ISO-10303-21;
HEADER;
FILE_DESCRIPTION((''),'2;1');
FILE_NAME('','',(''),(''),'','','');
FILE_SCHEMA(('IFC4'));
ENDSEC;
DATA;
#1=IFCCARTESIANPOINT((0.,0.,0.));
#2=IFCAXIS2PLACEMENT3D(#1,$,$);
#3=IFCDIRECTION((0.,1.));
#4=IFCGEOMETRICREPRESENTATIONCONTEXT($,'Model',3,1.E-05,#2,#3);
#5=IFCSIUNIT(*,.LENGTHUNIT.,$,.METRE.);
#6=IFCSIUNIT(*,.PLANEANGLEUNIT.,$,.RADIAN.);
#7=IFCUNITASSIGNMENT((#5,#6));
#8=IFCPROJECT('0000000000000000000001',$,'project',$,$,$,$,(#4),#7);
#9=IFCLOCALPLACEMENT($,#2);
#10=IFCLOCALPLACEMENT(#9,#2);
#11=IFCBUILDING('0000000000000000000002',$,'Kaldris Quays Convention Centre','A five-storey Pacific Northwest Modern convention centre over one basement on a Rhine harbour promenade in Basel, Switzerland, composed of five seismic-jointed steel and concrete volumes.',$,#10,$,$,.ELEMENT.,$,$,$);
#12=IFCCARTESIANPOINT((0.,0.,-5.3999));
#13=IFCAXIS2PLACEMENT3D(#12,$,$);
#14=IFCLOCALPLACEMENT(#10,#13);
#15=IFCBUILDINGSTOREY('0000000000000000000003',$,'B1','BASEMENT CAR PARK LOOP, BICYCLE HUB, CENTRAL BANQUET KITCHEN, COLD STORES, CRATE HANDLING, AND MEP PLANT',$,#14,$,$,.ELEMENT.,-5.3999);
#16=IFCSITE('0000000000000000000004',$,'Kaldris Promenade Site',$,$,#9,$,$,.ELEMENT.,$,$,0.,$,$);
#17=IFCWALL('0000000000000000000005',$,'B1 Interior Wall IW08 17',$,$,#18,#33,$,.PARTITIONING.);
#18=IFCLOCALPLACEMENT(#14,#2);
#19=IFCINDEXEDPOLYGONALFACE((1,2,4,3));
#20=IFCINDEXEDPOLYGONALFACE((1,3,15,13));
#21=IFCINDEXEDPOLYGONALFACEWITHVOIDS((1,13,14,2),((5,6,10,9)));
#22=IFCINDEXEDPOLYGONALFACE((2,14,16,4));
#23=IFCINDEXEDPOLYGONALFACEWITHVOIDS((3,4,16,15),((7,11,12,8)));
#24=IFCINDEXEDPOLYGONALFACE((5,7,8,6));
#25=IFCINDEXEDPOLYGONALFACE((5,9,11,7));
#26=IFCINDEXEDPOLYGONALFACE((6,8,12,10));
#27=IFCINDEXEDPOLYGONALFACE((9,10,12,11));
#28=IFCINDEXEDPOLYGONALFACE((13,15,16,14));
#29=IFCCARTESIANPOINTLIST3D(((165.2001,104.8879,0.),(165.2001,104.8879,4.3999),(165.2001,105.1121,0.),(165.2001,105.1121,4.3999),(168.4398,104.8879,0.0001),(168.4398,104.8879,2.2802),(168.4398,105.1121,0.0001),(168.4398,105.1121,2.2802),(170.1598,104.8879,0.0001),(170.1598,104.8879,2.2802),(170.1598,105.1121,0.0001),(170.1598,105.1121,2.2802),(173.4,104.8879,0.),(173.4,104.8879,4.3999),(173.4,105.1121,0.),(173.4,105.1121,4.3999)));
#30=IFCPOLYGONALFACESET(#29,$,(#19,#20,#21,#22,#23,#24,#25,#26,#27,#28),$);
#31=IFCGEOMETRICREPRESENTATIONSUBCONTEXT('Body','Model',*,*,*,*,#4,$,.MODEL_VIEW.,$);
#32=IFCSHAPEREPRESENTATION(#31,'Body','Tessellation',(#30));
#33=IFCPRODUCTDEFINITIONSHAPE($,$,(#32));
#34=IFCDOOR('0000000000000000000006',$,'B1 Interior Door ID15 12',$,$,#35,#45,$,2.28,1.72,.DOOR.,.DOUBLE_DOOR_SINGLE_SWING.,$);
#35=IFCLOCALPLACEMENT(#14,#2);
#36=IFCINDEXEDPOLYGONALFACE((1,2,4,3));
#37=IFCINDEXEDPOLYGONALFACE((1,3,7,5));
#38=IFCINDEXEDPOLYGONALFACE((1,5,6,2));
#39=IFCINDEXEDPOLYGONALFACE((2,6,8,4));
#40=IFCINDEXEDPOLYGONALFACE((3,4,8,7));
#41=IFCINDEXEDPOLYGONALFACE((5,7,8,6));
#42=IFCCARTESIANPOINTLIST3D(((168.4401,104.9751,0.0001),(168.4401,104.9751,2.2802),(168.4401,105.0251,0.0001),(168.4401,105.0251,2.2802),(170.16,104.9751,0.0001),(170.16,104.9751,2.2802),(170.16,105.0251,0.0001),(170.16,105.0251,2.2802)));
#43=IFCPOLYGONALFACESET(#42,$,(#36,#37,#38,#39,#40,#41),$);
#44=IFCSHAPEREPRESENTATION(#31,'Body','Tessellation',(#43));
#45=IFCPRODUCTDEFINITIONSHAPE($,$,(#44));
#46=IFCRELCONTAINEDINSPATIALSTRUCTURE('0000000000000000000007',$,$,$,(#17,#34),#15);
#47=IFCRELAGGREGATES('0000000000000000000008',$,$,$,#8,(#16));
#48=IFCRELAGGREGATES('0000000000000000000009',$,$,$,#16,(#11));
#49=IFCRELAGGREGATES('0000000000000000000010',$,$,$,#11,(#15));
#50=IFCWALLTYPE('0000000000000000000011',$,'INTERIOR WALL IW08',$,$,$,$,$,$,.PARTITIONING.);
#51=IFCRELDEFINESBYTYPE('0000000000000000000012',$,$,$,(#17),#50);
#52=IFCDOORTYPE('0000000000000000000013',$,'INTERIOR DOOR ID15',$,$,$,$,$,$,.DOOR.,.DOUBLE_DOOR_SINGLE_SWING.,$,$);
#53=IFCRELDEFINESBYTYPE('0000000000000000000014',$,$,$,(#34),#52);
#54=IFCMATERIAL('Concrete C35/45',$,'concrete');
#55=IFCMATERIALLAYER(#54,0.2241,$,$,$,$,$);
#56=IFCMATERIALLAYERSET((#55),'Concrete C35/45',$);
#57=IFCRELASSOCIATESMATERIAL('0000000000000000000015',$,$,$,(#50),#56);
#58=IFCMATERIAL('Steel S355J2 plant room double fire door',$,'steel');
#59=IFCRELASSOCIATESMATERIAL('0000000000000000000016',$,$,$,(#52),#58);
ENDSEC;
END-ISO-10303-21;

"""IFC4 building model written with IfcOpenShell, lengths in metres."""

from ifc_helpers import new_model, si_unit, direction, frame, frame_2d, origin, place, context, subcontext, project, spatial, rectangle, extrude, material, layer, layer_set, type_object, element, fill, save


model = new_model("IFC4")

# Units and contexts
model_context = context("Model", 3, precision=1e-05, world=origin(), true_north=direction((0.0, 1.0)))
body_context = subcontext(model_context, "Body", "Model", "MODEL_VIEW")
ifc_project = project(units=[si_unit("LENGTHUNIT", "METRE"), si_unit("PLANEANGLEUNIT", "RADIAN")], contexts=[model_context])

# Site, building, storey
site_placement = place(None, origin())
site = spatial("IfcSite", under=ifc_project, at=site_placement, Name="Kaldris Promenade Site", CompositionType="ELEMENT", RefElevation=0.0)
building_placement = place(site_placement, origin())
building = spatial("IfcBuilding", under=site, at=building_placement, Name="Kaldris Quays Convention Centre", Description="A five-storey Pacific Northwest Modern convention centre over one basement on a Rhine harbour promenade in Basel, Switzerland, composed of five seismic-jointed steel and concrete volumes.", CompositionType="ELEMENT")
storey_placement = place(building_placement, frame((0.0, 0.0, -5.3999)))
storey = spatial("IfcBuildingStorey", under=building, at=storey_placement, Name="B1", Description="BASEMENT CAR PARK LOOP, BICYCLE HUB, CENTRAL BANQUET KITCHEN, COLD STORES, CRATE HANDLING, AND MEP PLANT", CompositionType="ELEMENT", Elevation=-5.3999)

# Shared definitions
ifc_material_1 = material(Name="Concrete C35/45", Category="concrete")

# Wall, opening, door
ifc_layer = layer(ifc_material_1, 0.2241)
ifc_layer_set = layer_set([ifc_layer], Name="Concrete C35/45")
wall_type = type_object("IfcWallType", Name="INTERIOR WALL IW08", PredefinedType="PARTITIONING", material=ifc_layer_set)
wall_placement = place(storey_placement, frame((165.2, 105.0, 0.0), z_axis=(0.0, 0.0, 1.0), x_axis=(1.0, 0.0, 0.0)))
wall = element("IfcWall", 1, at=wall_placement, inside=storey, type_object=wall_type, Name="B1 Interior Wall IW08 17", PredefinedType="PARTITIONING", context=body_context, shape_type="SweptSolid", body=[
    extrude(rectangle(XDim=8.2, YDim=0.2241, at=frame_2d((4.1001, 0.0))), origin(), (0.0, 0.0, 1.0), 4.3999),
])
opening_placement = place(wall_placement, frame((3.24, 0.0, 0.0)))
opening = element("IfcOpeningElement", 2, at=opening_placement, cuts=wall, PredefinedType="OPENING", context=body_context, shape_type="SweptSolid", body=[
    extrude(rectangle(XDim=1.72, YDim=2.28, at=frame_2d((0.8599, 1.1401))), frame((0.0, 0.1221, 0.0), z_axis=(0.0, -1.0, 0.0), x_axis=(1.0, 0.0, 0.0)), (0.0, 0.0, 1.0), 0.2441),
])
ifc_material_2 = material(Name="Steel S355J2 plant room double fire door", Category="steel")
door_type = type_object("IfcDoorType", Name="INTERIOR DOOR ID15", OperationType="DOUBLE_DOOR_SINGLE_SWING", PredefinedType="DOOR", material=ifc_material_2)
door_placement = place(opening_placement, frame((1.72, 0.0, 0.0), z_axis=(0.0, 0.0, 1.0), x_axis=(-1.0, 0.0, 0.0)))
door = element("IfcDoor", 3, at=door_placement, inside=storey, type_object=door_type, Name="B1 Interior Door ID15 12", OperationType="DOUBLE_DOOR_SINGLE_SWING", OverallHeight=2.28, OverallWidth=1.72, PredefinedType="DOOR", context=body_context, shape_type="SweptSolid", body=[
    extrude(rectangle(XDim=1.72, YDim=2.28, at=frame_2d((0.8599, 1.1401))), frame((0.0, 0.0249, 0.0), z_axis=(0.0, -1.0, 0.0), x_axis=(1.0, 0.0, 0.0)), (0.0, 0.0, 1.0), 0.05),
])
fill(opening, door)

save(model, "model.ifc")
